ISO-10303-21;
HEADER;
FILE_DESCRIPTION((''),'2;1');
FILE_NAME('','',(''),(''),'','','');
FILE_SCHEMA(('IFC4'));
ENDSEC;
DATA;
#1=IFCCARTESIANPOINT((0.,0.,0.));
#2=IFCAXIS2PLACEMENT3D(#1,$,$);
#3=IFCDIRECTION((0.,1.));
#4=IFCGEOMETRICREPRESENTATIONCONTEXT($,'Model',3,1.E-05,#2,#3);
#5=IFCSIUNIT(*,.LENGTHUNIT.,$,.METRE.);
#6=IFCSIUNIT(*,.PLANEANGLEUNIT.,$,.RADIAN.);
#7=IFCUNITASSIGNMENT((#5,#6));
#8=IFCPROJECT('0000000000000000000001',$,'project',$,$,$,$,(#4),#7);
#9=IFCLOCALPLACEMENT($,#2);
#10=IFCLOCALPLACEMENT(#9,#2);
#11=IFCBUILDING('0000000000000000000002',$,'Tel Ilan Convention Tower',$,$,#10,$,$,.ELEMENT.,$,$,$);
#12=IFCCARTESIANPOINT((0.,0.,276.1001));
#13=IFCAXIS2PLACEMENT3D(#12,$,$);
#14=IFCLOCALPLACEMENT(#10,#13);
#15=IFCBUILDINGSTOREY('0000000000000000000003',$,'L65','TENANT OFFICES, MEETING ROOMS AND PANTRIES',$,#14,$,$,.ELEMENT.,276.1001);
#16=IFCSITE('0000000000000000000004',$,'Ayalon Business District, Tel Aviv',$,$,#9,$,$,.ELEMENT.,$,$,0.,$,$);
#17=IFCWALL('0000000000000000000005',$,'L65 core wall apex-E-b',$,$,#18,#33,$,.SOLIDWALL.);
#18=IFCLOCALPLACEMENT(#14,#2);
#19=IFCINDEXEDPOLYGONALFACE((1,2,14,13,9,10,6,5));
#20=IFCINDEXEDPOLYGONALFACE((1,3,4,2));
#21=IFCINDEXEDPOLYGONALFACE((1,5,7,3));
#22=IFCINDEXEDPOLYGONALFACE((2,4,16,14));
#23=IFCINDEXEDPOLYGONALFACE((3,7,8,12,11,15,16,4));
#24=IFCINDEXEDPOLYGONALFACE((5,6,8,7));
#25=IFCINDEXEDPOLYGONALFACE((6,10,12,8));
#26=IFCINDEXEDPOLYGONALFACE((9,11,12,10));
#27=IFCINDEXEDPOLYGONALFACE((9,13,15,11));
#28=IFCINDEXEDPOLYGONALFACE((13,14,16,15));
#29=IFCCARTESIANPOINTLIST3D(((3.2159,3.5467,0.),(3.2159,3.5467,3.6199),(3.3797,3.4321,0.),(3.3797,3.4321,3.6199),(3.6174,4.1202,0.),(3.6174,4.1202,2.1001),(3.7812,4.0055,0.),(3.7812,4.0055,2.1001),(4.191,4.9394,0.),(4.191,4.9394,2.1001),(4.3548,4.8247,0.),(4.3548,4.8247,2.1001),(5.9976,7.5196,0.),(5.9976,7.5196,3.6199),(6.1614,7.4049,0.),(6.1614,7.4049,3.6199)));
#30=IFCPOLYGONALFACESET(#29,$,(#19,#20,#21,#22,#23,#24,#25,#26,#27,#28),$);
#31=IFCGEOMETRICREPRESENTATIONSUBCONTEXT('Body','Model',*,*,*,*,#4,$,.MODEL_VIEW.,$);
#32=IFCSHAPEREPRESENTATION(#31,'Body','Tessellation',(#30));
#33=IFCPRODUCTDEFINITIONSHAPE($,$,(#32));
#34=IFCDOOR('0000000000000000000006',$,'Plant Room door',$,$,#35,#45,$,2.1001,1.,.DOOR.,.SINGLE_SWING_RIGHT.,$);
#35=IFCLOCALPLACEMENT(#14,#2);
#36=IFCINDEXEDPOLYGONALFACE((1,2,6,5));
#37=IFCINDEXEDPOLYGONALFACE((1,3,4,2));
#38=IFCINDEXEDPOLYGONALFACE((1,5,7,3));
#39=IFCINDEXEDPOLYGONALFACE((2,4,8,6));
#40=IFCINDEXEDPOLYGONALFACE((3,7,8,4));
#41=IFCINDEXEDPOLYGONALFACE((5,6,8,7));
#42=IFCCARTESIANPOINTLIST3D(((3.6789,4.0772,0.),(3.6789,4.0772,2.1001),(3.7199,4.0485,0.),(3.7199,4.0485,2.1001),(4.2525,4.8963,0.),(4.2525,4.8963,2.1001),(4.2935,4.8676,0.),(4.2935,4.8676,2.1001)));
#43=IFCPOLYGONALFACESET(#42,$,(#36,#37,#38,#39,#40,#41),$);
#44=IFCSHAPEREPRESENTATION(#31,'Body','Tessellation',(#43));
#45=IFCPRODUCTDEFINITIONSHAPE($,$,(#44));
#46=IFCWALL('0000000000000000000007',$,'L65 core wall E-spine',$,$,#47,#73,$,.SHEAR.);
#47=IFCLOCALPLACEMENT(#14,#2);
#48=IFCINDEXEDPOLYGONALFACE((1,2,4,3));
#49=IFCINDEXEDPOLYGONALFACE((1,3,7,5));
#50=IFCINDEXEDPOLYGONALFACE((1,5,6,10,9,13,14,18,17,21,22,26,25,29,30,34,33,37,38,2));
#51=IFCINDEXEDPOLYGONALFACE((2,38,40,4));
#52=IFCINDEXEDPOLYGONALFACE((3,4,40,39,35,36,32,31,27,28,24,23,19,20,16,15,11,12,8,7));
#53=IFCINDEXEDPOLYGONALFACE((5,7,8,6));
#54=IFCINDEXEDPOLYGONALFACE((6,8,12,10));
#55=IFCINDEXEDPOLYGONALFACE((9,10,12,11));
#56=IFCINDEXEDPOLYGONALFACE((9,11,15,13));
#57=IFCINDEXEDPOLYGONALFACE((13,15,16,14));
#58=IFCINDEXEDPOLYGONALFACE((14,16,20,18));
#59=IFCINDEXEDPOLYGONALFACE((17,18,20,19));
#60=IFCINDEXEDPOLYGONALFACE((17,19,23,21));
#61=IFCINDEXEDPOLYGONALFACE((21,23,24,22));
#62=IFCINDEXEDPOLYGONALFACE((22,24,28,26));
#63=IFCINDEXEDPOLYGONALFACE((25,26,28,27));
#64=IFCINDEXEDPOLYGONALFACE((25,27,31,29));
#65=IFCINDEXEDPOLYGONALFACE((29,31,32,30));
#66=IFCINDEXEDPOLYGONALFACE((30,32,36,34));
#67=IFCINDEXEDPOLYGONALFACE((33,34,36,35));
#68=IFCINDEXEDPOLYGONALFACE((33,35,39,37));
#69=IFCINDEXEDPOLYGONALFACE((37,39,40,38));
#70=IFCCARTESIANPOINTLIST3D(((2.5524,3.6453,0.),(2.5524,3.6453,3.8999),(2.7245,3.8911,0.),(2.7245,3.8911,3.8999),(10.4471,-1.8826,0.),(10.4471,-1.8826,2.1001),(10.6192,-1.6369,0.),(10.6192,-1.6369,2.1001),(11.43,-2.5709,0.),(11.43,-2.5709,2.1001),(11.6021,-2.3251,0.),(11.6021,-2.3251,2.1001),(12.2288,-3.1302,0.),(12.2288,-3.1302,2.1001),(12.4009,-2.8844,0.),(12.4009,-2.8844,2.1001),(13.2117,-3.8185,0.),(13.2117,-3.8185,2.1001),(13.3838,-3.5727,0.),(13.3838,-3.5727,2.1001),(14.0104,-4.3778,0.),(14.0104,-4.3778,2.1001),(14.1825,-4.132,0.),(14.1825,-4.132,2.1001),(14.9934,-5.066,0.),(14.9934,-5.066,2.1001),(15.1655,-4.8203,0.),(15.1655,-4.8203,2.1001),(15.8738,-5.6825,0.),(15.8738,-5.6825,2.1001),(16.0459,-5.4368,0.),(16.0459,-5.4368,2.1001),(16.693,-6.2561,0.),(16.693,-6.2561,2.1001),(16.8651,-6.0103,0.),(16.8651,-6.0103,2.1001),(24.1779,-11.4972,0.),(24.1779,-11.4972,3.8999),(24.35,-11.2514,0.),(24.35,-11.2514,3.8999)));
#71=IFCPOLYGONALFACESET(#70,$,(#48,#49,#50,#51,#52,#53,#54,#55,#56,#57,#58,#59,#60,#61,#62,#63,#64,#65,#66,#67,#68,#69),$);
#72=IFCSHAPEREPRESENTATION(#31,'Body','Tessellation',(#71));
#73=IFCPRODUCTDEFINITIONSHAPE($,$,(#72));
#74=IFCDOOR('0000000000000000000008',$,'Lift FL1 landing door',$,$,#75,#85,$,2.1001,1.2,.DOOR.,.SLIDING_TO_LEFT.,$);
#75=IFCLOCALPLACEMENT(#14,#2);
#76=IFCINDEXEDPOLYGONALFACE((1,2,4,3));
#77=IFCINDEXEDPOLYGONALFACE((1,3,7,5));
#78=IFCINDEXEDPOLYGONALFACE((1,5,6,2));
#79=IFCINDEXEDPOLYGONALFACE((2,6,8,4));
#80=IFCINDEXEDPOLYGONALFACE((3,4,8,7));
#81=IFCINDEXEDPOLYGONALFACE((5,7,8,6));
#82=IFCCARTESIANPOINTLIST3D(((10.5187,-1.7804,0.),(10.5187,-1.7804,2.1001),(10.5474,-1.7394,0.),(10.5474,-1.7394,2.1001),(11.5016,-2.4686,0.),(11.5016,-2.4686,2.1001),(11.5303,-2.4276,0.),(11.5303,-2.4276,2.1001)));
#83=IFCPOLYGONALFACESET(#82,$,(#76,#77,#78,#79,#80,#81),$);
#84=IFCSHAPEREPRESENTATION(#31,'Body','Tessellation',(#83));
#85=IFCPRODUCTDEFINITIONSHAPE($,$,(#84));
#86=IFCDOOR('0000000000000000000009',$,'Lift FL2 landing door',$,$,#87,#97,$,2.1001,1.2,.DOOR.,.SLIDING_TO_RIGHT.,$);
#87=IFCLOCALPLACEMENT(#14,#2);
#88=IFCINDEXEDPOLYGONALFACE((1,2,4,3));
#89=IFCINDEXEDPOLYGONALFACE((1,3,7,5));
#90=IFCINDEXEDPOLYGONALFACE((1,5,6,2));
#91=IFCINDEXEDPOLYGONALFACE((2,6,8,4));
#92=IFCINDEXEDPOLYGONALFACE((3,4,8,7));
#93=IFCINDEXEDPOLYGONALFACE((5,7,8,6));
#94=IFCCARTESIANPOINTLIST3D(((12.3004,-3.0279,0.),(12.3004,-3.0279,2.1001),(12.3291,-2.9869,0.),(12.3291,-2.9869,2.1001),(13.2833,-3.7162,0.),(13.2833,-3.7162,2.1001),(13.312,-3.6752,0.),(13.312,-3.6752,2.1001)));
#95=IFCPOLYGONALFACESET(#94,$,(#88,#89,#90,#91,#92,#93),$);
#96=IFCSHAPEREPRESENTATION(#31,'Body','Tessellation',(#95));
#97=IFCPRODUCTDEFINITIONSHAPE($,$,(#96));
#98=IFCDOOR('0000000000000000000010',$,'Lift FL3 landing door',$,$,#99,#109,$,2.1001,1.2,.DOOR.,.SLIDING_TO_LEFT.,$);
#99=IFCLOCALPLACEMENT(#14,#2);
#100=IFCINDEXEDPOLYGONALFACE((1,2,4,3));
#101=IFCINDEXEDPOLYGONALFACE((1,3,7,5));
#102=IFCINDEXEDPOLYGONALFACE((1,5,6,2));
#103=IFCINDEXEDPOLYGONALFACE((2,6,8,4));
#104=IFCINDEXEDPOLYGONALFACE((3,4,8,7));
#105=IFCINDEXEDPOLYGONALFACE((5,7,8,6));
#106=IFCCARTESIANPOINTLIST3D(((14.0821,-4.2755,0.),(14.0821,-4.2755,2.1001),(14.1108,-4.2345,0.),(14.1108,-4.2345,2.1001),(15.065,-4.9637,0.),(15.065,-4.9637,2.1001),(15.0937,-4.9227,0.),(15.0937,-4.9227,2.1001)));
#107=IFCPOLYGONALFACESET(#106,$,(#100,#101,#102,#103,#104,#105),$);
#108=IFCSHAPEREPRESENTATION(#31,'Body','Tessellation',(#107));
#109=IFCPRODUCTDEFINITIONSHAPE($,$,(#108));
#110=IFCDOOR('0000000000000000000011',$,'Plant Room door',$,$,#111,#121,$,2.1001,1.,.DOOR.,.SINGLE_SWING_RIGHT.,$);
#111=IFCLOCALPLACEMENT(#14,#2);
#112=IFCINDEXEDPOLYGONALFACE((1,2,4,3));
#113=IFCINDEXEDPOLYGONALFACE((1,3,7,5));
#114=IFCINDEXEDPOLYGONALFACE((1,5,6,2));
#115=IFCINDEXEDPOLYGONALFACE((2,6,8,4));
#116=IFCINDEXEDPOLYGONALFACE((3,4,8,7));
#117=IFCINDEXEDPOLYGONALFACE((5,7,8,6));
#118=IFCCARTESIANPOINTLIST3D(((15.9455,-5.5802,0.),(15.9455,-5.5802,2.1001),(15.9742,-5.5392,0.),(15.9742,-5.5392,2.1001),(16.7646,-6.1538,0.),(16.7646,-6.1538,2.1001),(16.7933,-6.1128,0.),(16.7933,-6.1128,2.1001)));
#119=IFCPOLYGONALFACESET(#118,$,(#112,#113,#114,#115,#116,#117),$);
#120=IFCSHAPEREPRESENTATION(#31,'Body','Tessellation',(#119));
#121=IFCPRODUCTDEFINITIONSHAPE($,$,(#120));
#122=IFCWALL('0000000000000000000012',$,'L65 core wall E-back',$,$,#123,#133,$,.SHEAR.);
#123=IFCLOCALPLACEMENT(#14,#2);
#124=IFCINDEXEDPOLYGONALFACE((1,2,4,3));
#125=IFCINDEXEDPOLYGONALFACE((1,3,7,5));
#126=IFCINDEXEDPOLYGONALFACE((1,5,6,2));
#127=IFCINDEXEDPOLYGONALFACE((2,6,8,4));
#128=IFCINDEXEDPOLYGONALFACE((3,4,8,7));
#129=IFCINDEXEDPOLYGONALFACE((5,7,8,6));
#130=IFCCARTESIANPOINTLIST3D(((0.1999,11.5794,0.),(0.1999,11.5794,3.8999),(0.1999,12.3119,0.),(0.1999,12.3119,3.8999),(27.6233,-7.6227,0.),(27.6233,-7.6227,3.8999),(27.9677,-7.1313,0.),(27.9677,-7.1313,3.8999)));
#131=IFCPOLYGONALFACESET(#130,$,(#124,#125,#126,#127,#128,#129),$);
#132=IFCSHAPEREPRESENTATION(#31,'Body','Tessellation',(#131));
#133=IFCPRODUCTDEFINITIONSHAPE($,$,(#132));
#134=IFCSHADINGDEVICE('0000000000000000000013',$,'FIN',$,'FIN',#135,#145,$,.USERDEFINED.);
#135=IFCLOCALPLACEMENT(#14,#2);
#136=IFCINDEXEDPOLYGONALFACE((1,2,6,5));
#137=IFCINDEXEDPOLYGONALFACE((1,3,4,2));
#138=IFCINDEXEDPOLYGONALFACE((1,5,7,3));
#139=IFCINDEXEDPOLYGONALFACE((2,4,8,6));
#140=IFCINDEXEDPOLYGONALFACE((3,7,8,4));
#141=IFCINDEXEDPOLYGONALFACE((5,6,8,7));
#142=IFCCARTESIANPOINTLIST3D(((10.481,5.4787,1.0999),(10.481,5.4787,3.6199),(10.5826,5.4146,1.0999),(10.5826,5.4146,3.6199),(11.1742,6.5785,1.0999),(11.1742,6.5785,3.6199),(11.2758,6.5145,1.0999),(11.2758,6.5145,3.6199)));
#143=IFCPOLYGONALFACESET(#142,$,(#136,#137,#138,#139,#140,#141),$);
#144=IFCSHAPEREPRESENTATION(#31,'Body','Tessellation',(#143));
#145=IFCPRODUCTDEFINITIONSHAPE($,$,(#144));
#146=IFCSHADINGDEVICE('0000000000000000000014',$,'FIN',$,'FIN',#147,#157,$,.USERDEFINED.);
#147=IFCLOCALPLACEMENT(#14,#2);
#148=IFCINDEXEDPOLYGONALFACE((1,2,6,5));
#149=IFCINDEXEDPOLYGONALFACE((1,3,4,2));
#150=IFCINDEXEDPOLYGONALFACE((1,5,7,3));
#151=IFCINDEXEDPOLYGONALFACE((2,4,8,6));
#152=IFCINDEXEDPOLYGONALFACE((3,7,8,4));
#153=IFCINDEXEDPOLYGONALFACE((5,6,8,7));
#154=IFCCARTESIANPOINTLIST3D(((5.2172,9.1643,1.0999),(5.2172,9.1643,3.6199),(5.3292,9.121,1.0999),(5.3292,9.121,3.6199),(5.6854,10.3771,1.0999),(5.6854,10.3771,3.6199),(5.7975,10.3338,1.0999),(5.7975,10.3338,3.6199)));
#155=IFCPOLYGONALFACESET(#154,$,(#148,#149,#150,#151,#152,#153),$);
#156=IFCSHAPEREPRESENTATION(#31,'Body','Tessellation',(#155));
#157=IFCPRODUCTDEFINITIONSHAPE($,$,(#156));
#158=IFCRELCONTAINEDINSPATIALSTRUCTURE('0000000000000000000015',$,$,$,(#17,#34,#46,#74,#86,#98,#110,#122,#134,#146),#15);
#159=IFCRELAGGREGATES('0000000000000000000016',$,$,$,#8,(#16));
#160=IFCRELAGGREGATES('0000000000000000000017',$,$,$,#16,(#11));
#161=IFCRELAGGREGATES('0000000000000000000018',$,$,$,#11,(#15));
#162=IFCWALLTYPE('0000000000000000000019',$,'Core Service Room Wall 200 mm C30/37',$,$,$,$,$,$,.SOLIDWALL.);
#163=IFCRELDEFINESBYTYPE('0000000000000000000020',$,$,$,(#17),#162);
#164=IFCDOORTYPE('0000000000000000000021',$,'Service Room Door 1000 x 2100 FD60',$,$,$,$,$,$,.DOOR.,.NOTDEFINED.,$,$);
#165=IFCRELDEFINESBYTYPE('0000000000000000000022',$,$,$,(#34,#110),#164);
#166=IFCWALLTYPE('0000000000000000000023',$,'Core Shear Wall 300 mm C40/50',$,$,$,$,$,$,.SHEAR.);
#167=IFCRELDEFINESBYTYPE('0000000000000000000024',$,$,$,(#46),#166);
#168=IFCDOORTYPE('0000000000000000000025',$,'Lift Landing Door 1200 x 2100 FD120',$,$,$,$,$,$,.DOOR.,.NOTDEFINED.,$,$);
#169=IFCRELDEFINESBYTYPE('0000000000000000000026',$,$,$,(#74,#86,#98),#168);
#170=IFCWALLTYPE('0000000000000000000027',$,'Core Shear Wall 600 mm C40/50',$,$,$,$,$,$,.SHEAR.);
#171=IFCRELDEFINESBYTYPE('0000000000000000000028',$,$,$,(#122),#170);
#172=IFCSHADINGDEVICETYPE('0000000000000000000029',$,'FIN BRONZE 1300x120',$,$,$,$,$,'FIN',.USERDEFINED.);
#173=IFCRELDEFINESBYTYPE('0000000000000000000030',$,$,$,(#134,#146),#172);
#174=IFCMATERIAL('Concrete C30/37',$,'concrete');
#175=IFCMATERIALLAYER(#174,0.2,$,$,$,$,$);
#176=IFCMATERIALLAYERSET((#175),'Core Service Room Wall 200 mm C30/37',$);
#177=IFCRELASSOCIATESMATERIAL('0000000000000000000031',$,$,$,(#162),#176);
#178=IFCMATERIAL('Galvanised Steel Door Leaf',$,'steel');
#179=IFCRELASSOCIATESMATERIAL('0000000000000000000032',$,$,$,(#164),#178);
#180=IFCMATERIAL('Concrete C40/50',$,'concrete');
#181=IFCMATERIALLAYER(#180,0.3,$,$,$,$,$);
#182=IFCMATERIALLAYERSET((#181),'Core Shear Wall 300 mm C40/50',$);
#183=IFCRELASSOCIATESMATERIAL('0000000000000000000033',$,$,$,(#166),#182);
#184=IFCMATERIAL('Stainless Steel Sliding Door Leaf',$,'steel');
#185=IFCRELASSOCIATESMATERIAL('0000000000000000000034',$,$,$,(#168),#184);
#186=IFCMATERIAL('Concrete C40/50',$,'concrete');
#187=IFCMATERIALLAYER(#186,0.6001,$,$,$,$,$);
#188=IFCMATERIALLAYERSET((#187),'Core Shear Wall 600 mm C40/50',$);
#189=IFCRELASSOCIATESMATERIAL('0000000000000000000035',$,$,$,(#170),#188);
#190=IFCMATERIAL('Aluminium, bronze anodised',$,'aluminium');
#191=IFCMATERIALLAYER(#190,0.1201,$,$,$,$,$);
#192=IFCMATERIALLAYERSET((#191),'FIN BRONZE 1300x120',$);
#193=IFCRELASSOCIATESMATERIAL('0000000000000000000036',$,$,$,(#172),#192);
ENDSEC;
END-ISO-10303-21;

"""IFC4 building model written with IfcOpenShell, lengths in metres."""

from ifc_helpers import new_model, si_unit, direction, frame, frame_2d, origin, origin_2d, place, context, subcontext, project, spatial, polyline, rectangle, outline, extrude, material, layer, layer_set, type_object, element, fill, save


model = new_model("IFC4")

# Units and contexts
model_context = context("Model", 3, precision=1e-05, world=origin(), true_north=direction((0.0, 1.0)))
body_context = subcontext(model_context, "Body", "Model", "MODEL_VIEW")
ifc_project = project(units=[si_unit("LENGTHUNIT", "METRE"), si_unit("PLANEANGLEUNIT", "RADIAN")], contexts=[model_context])

# Site, building, storey
site_placement = place(None, origin())
site = spatial("IfcSite", under=ifc_project, at=site_placement, Name="Ayalon Business District, Tel Aviv", CompositionType="ELEMENT", RefElevation=0.0)
building_placement = place(site_placement, origin())
building = spatial("IfcBuilding", under=site, at=building_placement, Name="Tel Ilan Convention Tower", CompositionType="ELEMENT")
storey_placement = place(building_placement, frame((0.0, 0.0, 276.1001)))
storey = spatial("IfcBuildingStorey", under=building, at=storey_placement, Name="L65", Description="TENANT OFFICES, MEETING ROOMS AND PANTRIES", CompositionType="ELEMENT", Elevation=276.1001)

# Wall, opening, door
ifc_material_1 = material(Name="Concrete C30/37", Category="concrete")
ifc_layer_1 = layer(ifc_material_1, 0.2)
ifc_layer_set_1 = layer_set([ifc_layer_1], Name="Core Service Room Wall 200 mm C30/37")
wall_type_1 = type_object("IfcWallType", Name="Core Service Room Wall 200 mm C30/37", PredefinedType="SOLIDWALL", material=ifc_layer_set_1)
wall_1_placement = place(storey_placement, frame((3.2979, 3.4895, 0.0), z_axis=(0.0, 0.0, 1.0), x_axis=(0.57356, 0.819163, 0.0)))
wall_1 = element("IfcWall", 1, at=wall_1_placement, inside=storey, type_object=wall_type_1, Name="L65 core wall apex-E-b", PredefinedType="SOLIDWALL", context=body_context, shape_type="SweptSolid", body=[
    extrude(rectangle(XDim=4.8499, YDim=0.2, at=frame_2d((2.4248, 0.0))), origin(), (0.0, 0.0, 1.0), 3.6199),
])
opening_1_placement = place(wall_1_placement, frame((0.7, 0.0, 0.0)))
opening_1 = element("IfcOpeningElement", 2, at=opening_1_placement, cuts=wall_1, PredefinedType="OPENING", context=body_context, shape_type="SweptSolid", body=[
    extrude(rectangle(XDim=1.0, YDim=2.1001, at=frame_2d((0.5, 1.05))), frame((0.0, 0.1099, 0.0), z_axis=(0.0, -1.0, 0.0), x_axis=(1.0, 0.0, 0.0)), (0.0, 0.0, 1.0), 0.22),
])
ifc_material_2 = material(Name="Galvanised Steel Door Leaf", Category="steel")
door_type_1 = type_object("IfcDoorType", Name="Service Room Door 1000 x 2100 FD60", OperationType="NOTDEFINED", PredefinedType="DOOR", material=ifc_material_2)
door_1_placement = place(opening_1_placement, origin())
door_1 = element("IfcDoor", 3, at=door_1_placement, inside=storey, type_object=door_type_1, Name="Plant Room door", OperationType="SINGLE_SWING_RIGHT", OverallHeight=2.1001, OverallWidth=1.0, PredefinedType="DOOR", context=body_context, shape_type="SweptSolid", body=[
    extrude(rectangle(XDim=1.0, YDim=2.1001, at=frame_2d((0.5, 1.05))), frame((0.0, 0.0249, 0.0), z_axis=(0.0, -1.0, 0.0), x_axis=(1.0, 0.0, 0.0)), (0.0, 0.0, 1.0), 0.05),
])
fill(opening_1, door_1)

# Wall, openings, doors
ifc_material_3 = material(Name="Concrete C40/50", Category="concrete")
ifc_layer_2 = layer(ifc_material_3, 0.3)
ifc_layer_set_2 = layer_set([ifc_layer_2], Name="Core Shear Wall 300 mm C40/50")
wall_type_2 = type_object("IfcWallType", Name="Core Shear Wall 300 mm C40/50", PredefinedType="SHEAR", material=ifc_layer_set_2)
wall_2_placement = place(storey_placement, frame((2.6384, 3.7681, 0.0), z_axis=(0.0, 0.0, 1.0), x_axis=(0.819155, -0.573572, 0.0)))
wall_2 = element("IfcWall", 4, at=wall_2_placement, inside=storey, type_object=wall_type_2, Name="L65 core wall E-spine", PredefinedType="SHEAR", context=body_context, shape_type="SweptSolid", body=[
    extrude(outline(polyline([(0.0, 0.1501), (0.0, -0.1499), (26.3999, -0.1501), (26.3999, 0.1499), (0.0, 0.1501)])), origin(), (0.0, 0.0, 1.0), 3.8999),
])
opening_2_placement = place(wall_2_placement, frame((9.6375, 0.0, 0.0)))
opening_2 = element("IfcOpeningElement", 5, at=opening_2_placement, cuts=wall_2, PredefinedType="OPENING", context=body_context, shape_type="SweptSolid", body=[
    extrude(rectangle(XDim=1.2, YDim=2.1001, at=frame_2d((0.6001, 1.05))), frame((0.0, 0.1599, 0.0), z_axis=(0.0, -1.0, 0.0), x_axis=(1.0, 0.0, 0.0)), (0.0, 0.0, 1.0), 0.3201),
])
opening_3_placement = place(wall_2_placement, frame((11.8125, 0.0, 0.0)))
opening_3 = element("IfcOpeningElement", 6, at=opening_3_placement, cuts=wall_2, PredefinedType="OPENING", context=body_context, shape_type="SweptSolid", body=[
    extrude(rectangle(XDim=1.2, YDim=2.1001, at=frame_2d((0.6001, 1.05))), frame((0.0, 0.1599, 0.0), z_axis=(0.0, -1.0, 0.0), x_axis=(1.0, 0.0, 0.0)), (0.0, 0.0, 1.0), 0.3201),
])
opening_4_placement = place(wall_2_placement, frame((13.9875, 0.0, 0.0)))
opening_4 = element("IfcOpeningElement", 7, at=opening_4_placement, cuts=wall_2, PredefinedType="OPENING", context=body_context, shape_type="SweptSolid", body=[
    extrude(rectangle(XDim=1.2, YDim=2.1001, at=frame_2d((0.6001, 1.05))), frame((0.0, 0.1599, 0.0), z_axis=(0.0, -1.0, 0.0), x_axis=(1.0, 0.0, 0.0)), (0.0, 0.0, 1.0), 0.3201),
])
opening_5_placement = place(wall_2_placement, frame((16.2625, 0.0, 0.0)))
opening_5 = element("IfcOpeningElement", 8, at=opening_5_placement, cuts=wall_2, PredefinedType="OPENING", context=body_context, shape_type="SweptSolid", body=[
    extrude(rectangle(XDim=1.0, YDim=2.1001, at=frame_2d((0.5, 1.05))), frame((0.0, 0.1599, 0.0), z_axis=(0.0, -1.0, 0.0), x_axis=(1.0, 0.0, 0.0)), (0.0, 0.0, 1.0), 0.3201),
])
ifc_material_4 = material(Name="Stainless Steel Sliding Door Leaf", Category="steel")
door_type_2 = type_object("IfcDoorType", Name="Lift Landing Door 1200 x 2100 FD120", OperationType="NOTDEFINED", PredefinedType="DOOR", material=ifc_material_4)
door_2_placement = place(opening_2_placement, origin())
door_2 = element("IfcDoor", 9, at=door_2_placement, inside=storey, type_object=door_type_2, Name="Lift FL1 landing door", OperationType="SLIDING_TO_LEFT", OverallHeight=2.1001, OverallWidth=1.2, PredefinedType="DOOR", context=body_context, shape_type="SweptSolid", body=[
    extrude(rectangle(XDim=1.2, YDim=2.1001, at=frame_2d((0.6001, 1.05))), frame((0.0, 0.0249, 0.0), z_axis=(0.0, -1.0, 0.0), x_axis=(1.0, 0.0, 0.0)), (0.0, 0.0, 1.0), 0.05),
])
fill(opening_2, door_2)
door_3_placement = place(opening_3_placement, origin())
door_3 = element("IfcDoor", 10, at=door_3_placement, inside=storey, type_object=door_type_2, Name="Lift FL2 landing door", OperationType="SLIDING_TO_RIGHT", OverallHeight=2.1001, OverallWidth=1.2, PredefinedType="DOOR", context=body_context, shape_type="SweptSolid", body=[
    extrude(rectangle(XDim=1.2, YDim=2.1001, at=frame_2d((0.6001, 1.05))), frame((0.0, 0.0249, 0.0), z_axis=(0.0, -1.0, 0.0), x_axis=(1.0, 0.0, 0.0)), (0.0, 0.0, 1.0), 0.05),
])
fill(opening_3, door_3)
door_4_placement = place(opening_4_placement, origin())
door_4 = element("IfcDoor", 11, at=door_4_placement, inside=storey, type_object=door_type_2, Name="Lift FL3 landing door", OperationType="SLIDING_TO_LEFT", OverallHeight=2.1001, OverallWidth=1.2, PredefinedType="DOOR", context=body_context, shape_type="SweptSolid", body=[
    extrude(rectangle(XDim=1.2, YDim=2.1001, at=frame_2d((0.6001, 1.05))), frame((0.0, 0.0249, 0.0), z_axis=(0.0, -1.0, 0.0), x_axis=(1.0, 0.0, 0.0)), (0.0, 0.0, 1.0), 0.05),
])
fill(opening_4, door_4)
door_5_placement = place(opening_5_placement, origin())
door_5 = element("IfcDoor", 12, at=door_5_placement, inside=storey, type_object=door_type_1, Name="Plant Room door", OperationType="SINGLE_SWING_RIGHT", OverallHeight=2.1001, OverallWidth=1.0, PredefinedType="DOOR", context=body_context, shape_type="SweptSolid", body=[
    extrude(rectangle(XDim=1.0, YDim=2.1001, at=frame_2d((0.5, 1.05))), frame((0.0, 0.0249, 0.0), z_axis=(0.0, -1.0, 0.0), x_axis=(1.0, 0.0, 0.0)), (0.0, 0.0, 1.0), 0.05),
])
fill(opening_5, door_5)

# Wall
ifc_material_5 = material(Name="Concrete C40/50", Category="concrete")
ifc_layer_3 = layer(ifc_material_5, 0.6001)
ifc_layer_set_3 = layer_set([ifc_layer_3], Name="Core Shear Wall 600 mm C40/50")
wall_type_3 = type_object("IfcWallType", Name="Core Shear Wall 600 mm C40/50", PredefinedType="SHEAR", material=ifc_layer_set_3)
wall_3_placement = place(storey_placement, frame((0.0278, 12.0662, 0.0), z_axis=(0.0, 0.0, 1.0), x_axis=(0.819151, -0.573577, 0.0)))
element("IfcWall", 13, at=wall_3_placement, inside=storey, type_object=wall_type_3, Name="L65 core wall E-back", PredefinedType="SHEAR", context=body_context, shape_type="SweptSolid", body=[
    extrude(outline(polyline([(33.8982, 0.3), (0.0, 0.3), (0.4202, -0.3), (33.8979, -0.3), (33.8982, 0.3)])), origin(), (0.0, 0.0, 1.0), 3.8999),
])

# Shading devices
ifc_material_6 = material(Name="Aluminium, bronze anodised", Category="aluminium")
ifc_layer_4 = layer(ifc_material_6, 0.1201)
ifc_layer_set_4 = layer_set([ifc_layer_4], Name="FIN BRONZE 1300x120")
shading_device_type_1 = type_object("IfcShadingDeviceType", Name="FIN BRONZE 1300x120", ElementType="FIN", PredefinedType="USERDEFINED", material=ifc_layer_set_4)
for number, where, z_axis, x_axis, name in (
    (14, (10.8784, 5.9966, 1.0999), (0.0, 0.0, 1.0), (0.533204, 0.845986, 0.0), "FIN"),
    (15, (5.5073, 9.749, 1.0999), (0.0, 0.0, 1.0), (0.360178, 0.932884, 0.0), "FIN"),
):
    element("IfcShadingDevice", number, at=place(storey_placement, frame(where, z_axis=z_axis, x_axis=x_axis)), inside=storey, type_object=shading_device_type_1, Name=name, ObjectType="FIN", PredefinedType="USERDEFINED", context=body_context, shape_type="SweptSolid", body=[
        extrude(rectangle(XDim=1.3, YDim=0.1201, at=origin_2d()), origin(), (0.0, 0.0, 1.0), 2.52),
    ])

save(model, "model.ifc")
